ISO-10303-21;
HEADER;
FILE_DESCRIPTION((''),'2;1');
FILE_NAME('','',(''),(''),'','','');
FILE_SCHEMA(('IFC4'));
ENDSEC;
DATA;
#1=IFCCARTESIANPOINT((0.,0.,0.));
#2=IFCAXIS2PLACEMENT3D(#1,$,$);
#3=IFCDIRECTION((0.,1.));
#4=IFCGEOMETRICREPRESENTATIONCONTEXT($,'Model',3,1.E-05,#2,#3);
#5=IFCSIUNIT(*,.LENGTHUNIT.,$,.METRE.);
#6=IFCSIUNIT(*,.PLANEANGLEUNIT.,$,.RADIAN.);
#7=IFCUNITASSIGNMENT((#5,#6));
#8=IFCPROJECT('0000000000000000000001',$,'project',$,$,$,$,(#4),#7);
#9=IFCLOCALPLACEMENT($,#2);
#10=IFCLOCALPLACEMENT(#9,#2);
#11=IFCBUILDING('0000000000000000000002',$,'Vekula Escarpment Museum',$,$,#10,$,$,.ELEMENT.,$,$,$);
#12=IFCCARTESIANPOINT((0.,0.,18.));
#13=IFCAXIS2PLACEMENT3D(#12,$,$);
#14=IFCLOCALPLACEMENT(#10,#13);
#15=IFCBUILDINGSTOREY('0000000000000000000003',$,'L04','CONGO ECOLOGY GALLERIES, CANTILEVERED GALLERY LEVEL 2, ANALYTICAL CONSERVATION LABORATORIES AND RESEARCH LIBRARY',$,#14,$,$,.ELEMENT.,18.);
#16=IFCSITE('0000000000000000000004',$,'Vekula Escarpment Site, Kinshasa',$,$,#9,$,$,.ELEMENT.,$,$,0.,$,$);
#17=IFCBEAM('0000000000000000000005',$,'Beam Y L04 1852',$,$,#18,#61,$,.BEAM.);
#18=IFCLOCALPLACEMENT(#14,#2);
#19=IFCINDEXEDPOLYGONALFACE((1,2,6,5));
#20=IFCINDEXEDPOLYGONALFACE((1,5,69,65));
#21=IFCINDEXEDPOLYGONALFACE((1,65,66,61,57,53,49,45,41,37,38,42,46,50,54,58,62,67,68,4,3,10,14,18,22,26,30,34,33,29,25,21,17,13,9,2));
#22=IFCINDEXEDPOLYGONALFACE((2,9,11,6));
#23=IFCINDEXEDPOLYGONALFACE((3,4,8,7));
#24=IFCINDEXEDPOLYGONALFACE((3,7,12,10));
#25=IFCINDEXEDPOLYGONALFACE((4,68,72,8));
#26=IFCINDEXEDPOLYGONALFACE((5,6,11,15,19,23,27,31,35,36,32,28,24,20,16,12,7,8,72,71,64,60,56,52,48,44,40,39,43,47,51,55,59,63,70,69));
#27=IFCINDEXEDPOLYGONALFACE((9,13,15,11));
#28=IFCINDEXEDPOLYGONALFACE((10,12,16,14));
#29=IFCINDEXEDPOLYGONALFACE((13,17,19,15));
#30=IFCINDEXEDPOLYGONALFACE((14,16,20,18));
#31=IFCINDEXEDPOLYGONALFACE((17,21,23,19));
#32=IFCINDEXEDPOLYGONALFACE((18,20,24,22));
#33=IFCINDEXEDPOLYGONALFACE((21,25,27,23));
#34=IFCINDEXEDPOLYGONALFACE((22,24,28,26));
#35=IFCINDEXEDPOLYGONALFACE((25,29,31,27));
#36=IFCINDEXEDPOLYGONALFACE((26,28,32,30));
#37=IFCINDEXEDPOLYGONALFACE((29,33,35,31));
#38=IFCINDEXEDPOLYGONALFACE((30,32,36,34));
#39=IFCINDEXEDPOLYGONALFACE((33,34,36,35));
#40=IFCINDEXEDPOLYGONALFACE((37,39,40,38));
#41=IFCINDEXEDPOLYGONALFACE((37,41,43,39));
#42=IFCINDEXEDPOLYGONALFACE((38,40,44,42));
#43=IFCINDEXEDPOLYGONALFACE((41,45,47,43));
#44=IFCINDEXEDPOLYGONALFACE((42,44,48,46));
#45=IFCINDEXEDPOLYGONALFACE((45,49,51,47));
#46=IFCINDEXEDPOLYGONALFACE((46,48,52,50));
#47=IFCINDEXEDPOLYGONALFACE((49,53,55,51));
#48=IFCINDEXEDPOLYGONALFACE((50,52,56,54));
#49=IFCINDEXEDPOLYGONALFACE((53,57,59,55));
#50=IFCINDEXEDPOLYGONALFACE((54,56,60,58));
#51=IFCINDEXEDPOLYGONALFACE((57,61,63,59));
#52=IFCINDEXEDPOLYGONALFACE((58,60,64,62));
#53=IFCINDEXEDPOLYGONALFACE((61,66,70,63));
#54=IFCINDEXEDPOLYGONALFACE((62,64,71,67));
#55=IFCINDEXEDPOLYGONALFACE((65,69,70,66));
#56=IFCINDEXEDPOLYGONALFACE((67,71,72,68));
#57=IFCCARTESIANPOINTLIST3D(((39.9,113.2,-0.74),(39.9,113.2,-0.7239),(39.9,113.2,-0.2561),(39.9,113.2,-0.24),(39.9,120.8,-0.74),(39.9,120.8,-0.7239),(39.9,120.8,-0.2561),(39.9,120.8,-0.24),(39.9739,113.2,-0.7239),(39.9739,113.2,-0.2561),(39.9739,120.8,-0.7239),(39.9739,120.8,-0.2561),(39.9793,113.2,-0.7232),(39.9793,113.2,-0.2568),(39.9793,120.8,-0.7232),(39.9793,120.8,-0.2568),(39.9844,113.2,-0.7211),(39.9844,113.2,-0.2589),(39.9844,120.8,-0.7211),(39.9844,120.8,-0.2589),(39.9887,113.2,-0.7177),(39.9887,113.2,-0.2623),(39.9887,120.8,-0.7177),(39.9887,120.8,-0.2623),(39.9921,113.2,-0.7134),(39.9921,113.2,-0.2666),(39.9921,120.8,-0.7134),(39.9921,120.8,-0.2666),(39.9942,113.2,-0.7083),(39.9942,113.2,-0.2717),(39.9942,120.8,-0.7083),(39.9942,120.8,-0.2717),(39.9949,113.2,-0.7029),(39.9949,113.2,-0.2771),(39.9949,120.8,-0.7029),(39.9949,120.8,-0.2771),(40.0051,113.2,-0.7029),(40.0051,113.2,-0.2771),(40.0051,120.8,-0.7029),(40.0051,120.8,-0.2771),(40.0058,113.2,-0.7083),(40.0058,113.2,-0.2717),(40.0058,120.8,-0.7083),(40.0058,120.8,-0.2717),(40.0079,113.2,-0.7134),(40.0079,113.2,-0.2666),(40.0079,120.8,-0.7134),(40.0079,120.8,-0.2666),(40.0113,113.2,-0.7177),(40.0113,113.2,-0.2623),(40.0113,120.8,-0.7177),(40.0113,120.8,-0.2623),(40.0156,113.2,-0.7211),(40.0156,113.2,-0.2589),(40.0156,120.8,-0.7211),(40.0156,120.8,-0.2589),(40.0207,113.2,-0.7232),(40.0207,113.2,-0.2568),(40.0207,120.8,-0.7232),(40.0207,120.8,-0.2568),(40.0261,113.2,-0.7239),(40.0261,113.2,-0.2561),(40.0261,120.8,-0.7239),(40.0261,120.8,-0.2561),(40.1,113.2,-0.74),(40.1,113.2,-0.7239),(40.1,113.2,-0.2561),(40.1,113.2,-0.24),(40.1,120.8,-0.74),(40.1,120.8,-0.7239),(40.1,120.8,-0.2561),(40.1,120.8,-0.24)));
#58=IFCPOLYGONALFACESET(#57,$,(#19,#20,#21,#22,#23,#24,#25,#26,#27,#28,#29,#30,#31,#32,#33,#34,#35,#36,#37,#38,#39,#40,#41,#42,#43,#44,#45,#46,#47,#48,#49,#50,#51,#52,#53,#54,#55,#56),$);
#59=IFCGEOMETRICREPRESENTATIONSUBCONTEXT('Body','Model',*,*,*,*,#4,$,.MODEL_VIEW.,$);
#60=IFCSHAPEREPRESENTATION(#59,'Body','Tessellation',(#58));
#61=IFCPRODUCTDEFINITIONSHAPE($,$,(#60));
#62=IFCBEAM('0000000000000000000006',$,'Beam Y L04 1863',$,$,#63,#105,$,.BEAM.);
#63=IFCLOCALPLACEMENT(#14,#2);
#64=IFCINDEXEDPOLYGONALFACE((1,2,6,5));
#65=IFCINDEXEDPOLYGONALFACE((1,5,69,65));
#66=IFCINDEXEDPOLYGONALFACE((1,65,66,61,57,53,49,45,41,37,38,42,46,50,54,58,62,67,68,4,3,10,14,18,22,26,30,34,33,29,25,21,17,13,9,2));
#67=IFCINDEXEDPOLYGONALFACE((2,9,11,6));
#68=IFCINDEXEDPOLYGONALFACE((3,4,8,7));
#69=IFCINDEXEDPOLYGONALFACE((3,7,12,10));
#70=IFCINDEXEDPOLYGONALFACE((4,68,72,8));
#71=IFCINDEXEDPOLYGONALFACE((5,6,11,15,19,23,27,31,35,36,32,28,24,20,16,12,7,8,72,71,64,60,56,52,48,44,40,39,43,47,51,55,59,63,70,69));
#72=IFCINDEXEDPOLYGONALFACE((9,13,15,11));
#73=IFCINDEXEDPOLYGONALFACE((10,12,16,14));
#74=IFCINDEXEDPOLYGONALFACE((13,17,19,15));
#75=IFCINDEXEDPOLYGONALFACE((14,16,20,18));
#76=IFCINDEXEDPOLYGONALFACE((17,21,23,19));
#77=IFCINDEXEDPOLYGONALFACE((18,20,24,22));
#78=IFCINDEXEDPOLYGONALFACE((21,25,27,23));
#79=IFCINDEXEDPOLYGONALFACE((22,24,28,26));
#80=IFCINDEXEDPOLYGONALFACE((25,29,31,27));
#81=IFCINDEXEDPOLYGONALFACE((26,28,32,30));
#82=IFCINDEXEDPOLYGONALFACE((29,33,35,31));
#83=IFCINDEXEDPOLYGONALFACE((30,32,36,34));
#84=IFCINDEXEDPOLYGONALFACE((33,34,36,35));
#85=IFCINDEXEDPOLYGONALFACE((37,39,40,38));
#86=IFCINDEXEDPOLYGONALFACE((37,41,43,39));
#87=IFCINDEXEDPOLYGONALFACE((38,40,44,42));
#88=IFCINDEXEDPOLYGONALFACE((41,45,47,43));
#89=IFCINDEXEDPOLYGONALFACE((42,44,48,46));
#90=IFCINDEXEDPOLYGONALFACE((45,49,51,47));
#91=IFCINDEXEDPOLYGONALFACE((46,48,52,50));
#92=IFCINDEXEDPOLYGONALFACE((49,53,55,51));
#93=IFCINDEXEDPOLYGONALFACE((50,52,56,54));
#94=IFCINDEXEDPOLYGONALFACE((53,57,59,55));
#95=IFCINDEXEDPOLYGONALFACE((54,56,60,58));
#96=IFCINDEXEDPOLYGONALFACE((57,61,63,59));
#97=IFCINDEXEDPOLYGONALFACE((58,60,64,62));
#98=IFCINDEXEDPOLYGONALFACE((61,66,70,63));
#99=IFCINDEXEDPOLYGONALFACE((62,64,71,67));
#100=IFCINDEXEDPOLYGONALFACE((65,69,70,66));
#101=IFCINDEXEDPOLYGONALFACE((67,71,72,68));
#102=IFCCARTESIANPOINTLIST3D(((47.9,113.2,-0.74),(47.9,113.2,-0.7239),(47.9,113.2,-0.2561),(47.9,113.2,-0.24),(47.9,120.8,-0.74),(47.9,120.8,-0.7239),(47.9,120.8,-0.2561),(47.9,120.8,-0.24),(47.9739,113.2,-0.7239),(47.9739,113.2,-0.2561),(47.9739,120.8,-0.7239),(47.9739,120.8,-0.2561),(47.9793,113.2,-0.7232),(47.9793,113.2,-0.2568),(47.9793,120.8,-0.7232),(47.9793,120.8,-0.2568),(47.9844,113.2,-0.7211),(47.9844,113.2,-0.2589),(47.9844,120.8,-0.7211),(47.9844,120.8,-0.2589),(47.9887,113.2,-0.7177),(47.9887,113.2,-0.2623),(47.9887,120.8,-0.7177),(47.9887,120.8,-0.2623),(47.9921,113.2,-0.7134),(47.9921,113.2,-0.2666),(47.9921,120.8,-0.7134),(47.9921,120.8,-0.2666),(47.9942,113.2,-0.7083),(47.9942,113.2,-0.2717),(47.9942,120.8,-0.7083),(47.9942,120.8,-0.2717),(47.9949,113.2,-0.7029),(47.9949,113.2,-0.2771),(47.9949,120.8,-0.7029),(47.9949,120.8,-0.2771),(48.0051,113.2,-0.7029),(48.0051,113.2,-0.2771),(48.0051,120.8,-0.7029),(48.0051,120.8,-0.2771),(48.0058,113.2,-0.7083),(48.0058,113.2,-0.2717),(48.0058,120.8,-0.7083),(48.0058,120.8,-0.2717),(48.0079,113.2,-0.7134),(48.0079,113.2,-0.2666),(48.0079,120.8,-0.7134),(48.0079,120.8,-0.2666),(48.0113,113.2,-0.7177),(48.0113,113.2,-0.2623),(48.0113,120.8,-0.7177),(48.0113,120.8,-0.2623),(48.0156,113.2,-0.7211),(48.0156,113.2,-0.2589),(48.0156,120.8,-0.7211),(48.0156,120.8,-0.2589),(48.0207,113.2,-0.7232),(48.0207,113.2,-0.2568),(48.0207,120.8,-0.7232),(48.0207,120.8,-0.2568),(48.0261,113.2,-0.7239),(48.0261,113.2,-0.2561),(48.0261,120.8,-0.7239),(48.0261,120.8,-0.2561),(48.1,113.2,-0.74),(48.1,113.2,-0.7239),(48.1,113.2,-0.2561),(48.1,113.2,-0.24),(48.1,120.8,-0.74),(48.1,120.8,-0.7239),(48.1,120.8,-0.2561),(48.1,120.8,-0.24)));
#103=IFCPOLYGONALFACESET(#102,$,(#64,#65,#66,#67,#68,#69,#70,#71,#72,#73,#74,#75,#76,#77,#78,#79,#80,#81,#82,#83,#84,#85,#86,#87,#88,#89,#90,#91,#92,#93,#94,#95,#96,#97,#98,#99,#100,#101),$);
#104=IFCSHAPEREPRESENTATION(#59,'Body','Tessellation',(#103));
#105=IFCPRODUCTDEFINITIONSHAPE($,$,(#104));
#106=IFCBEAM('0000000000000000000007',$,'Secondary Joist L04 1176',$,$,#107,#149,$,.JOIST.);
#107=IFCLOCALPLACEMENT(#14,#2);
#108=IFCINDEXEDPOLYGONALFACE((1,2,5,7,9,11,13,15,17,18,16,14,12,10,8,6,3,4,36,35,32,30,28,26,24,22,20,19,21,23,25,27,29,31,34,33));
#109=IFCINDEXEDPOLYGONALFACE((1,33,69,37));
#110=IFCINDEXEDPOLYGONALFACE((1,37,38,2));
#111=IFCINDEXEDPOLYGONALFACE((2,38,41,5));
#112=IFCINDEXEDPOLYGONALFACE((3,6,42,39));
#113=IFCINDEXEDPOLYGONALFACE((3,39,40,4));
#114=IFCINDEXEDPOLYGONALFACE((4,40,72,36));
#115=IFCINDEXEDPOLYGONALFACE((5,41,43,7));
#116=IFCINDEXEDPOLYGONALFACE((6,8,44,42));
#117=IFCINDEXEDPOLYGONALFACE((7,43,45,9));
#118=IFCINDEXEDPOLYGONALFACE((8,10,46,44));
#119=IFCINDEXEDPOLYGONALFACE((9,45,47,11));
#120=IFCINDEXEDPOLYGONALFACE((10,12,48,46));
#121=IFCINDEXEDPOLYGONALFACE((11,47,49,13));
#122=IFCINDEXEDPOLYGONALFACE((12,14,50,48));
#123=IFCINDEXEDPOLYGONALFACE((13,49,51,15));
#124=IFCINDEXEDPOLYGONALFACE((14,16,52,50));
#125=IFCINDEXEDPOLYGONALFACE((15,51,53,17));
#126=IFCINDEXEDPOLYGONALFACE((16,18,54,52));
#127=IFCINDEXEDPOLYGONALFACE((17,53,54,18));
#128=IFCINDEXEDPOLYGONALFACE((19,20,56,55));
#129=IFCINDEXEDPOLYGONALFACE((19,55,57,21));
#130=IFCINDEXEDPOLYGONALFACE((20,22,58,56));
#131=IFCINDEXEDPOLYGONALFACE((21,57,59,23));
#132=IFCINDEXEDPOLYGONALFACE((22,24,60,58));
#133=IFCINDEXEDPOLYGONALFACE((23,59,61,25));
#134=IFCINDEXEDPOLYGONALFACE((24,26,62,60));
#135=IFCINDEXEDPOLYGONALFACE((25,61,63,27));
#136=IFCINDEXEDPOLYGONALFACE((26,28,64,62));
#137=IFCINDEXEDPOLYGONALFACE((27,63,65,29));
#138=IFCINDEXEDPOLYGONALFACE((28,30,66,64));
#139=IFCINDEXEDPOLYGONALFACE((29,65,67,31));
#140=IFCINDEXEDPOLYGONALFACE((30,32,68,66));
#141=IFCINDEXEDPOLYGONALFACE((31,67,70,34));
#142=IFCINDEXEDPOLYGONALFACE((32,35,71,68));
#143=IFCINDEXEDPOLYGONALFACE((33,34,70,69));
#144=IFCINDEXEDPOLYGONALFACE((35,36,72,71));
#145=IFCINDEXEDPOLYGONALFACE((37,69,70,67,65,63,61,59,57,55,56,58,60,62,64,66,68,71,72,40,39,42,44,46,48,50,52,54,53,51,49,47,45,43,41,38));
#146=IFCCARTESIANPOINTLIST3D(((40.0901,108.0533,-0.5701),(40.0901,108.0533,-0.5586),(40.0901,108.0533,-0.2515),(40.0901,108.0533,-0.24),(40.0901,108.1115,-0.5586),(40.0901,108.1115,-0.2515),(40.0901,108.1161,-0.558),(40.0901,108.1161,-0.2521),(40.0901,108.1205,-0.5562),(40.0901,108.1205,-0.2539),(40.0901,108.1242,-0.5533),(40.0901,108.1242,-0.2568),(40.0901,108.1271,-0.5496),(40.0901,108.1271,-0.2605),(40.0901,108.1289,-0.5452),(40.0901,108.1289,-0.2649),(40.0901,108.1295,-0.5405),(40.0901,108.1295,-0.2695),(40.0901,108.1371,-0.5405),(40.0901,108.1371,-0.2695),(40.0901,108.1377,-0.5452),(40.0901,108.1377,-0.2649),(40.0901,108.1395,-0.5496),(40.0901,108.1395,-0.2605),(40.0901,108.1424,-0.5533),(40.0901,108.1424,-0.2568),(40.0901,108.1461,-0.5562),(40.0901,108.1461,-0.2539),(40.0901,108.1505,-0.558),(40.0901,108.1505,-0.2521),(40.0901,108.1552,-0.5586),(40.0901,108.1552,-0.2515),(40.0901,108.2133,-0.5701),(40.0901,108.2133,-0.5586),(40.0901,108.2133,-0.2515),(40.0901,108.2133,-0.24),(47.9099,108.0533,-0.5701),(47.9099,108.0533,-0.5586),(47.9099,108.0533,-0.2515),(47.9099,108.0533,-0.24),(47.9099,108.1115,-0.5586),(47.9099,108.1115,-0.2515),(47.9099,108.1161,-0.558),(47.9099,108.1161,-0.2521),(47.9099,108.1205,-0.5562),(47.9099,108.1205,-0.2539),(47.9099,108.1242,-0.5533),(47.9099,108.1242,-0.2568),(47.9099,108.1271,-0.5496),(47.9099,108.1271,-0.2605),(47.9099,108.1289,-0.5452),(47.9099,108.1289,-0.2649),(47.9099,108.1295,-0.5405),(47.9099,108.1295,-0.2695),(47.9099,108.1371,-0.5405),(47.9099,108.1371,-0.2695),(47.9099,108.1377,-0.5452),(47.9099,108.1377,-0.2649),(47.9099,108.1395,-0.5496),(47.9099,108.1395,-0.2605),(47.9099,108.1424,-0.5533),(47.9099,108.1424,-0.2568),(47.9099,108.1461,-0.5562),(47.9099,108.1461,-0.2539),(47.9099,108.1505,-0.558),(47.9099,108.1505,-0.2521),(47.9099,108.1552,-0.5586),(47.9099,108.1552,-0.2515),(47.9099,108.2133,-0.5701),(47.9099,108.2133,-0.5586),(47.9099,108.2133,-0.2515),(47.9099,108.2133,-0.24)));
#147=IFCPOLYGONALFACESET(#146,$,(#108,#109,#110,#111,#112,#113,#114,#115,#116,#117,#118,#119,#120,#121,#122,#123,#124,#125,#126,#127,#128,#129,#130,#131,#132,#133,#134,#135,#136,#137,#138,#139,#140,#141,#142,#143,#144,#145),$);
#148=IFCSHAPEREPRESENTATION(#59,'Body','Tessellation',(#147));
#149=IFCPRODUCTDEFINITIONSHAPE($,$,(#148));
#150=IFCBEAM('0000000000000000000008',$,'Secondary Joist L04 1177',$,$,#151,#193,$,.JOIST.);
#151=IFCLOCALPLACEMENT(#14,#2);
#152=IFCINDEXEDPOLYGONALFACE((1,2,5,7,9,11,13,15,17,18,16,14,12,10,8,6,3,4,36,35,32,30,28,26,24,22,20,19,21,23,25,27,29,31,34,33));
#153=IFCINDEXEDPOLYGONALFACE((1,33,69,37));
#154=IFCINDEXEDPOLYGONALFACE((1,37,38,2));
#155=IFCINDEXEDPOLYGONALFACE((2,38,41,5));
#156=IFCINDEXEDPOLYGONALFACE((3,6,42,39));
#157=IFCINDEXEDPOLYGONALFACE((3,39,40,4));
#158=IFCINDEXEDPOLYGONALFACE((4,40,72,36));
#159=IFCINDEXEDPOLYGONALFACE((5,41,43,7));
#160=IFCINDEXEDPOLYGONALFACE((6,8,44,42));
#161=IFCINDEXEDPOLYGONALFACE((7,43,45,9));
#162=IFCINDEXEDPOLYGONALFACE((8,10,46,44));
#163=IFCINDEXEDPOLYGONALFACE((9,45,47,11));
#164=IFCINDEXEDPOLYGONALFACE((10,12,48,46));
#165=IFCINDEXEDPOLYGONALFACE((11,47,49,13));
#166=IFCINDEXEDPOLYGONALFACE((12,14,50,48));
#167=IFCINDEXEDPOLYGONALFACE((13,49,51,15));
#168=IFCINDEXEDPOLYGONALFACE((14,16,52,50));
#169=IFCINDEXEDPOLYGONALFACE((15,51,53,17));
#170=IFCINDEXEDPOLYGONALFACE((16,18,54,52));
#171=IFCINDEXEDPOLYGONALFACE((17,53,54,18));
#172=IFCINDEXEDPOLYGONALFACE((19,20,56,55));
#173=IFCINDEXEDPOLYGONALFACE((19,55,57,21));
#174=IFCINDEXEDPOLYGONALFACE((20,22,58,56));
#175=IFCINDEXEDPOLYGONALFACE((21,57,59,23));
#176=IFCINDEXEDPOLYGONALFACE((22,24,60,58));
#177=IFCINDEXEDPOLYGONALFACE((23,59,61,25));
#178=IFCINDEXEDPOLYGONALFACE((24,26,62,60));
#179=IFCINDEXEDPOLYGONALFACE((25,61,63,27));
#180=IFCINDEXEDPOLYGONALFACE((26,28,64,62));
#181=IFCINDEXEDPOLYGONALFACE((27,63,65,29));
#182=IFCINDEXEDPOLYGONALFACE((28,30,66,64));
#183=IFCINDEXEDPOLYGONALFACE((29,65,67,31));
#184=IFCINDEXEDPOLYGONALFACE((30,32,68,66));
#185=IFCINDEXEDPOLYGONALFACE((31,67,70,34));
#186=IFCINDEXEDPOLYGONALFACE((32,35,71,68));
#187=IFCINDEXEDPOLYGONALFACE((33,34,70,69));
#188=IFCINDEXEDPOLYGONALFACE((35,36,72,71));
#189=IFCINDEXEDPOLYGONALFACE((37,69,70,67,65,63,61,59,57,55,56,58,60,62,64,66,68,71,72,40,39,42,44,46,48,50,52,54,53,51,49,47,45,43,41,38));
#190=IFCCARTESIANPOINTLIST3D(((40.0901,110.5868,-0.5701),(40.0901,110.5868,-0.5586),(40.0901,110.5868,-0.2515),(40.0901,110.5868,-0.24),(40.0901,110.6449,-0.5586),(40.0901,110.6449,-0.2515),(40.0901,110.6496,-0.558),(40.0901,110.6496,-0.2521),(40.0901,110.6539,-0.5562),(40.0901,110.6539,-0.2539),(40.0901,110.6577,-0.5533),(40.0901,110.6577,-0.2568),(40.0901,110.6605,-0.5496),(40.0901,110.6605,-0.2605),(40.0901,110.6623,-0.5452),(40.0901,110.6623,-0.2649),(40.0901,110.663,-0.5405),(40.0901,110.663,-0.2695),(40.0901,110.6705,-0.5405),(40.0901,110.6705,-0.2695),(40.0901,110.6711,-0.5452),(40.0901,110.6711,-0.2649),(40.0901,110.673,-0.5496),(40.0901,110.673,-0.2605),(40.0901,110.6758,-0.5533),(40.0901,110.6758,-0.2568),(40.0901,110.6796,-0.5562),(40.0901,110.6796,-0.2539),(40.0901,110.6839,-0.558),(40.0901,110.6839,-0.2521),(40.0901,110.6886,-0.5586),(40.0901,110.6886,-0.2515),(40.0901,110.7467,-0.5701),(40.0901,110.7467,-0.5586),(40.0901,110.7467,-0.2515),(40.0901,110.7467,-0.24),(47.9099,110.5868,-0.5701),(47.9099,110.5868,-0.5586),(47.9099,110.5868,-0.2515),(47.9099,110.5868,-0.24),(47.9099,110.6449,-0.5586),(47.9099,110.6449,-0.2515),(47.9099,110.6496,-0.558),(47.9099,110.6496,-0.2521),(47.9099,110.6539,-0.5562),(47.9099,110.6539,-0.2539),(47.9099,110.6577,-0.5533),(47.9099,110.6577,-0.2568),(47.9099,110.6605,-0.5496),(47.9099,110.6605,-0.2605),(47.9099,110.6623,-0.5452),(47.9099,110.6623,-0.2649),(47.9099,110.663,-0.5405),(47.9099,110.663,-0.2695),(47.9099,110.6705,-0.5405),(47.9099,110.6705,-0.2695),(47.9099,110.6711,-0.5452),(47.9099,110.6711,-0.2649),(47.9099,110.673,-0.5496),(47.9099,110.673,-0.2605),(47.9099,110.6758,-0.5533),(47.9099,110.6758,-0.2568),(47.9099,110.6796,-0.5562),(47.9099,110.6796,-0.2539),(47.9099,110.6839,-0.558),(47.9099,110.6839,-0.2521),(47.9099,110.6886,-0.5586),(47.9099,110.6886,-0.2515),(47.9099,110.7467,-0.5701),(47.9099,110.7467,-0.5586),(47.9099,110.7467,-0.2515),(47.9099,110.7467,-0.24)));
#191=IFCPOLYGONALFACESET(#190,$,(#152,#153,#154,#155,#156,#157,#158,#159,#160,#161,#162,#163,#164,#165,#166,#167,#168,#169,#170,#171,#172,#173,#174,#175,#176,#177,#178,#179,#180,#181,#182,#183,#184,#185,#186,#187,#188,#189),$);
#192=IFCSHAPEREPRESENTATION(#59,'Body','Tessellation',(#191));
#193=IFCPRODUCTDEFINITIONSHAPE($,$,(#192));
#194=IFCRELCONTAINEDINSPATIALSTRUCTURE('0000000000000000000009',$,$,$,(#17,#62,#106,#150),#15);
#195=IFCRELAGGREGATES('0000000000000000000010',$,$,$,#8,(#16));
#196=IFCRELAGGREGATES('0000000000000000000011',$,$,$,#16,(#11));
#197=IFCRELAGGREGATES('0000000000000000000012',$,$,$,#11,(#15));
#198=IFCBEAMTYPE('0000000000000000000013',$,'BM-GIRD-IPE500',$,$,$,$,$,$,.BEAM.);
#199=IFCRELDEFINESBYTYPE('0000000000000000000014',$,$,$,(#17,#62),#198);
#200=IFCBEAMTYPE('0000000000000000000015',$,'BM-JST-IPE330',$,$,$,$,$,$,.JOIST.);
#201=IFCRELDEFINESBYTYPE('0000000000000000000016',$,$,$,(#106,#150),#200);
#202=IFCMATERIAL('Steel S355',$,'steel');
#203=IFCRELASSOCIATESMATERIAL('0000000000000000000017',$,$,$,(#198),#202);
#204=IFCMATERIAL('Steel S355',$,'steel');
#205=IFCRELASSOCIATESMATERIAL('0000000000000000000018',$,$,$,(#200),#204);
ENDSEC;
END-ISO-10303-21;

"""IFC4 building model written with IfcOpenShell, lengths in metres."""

from ifc_helpers import new_model, si_unit, direction, frame, origin, origin_2d, place, context, subcontext, project, spatial, i_section, extrude, material, material_profile, profile_set, type_object, element, save


model = new_model("IFC4")

# Units and contexts
model_context = context("Model", 3, precision=1e-05, world=origin(), true_north=direction((0.0, 1.0)))
body_context = subcontext(model_context, "Body", "Model", "MODEL_VIEW")
ifc_project = project(units=[si_unit("LENGTHUNIT", "METRE"), si_unit("PLANEANGLEUNIT", "RADIAN")], contexts=[model_context])

# Site, building, storey
site_placement = place(None, origin())
site = spatial("IfcSite", under=ifc_project, at=site_placement, Name="Vekula Escarpment Site, Kinshasa", CompositionType="ELEMENT", RefElevation=0.0)
building_placement = place(site_placement, origin())
building = spatial("IfcBuilding", under=site, at=building_placement, Name="Vekula Escarpment Museum", CompositionType="ELEMENT")
storey_placement = place(building_placement, frame((0.0, 0.0, 18.0)))
storey = spatial("IfcBuildingStorey", under=building, at=storey_placement, Name="L04", Description="CONGO ECOLOGY GALLERIES, CANTILEVERED GALLERY LEVEL 2, ANALYTICAL CONSERVATION LABORATORIES AND RESEARCH LIBRARY", CompositionType="ELEMENT", Elevation=18.0)

# Beams
ifc_material_1 = material(Name="Steel S355", Category="steel")
ifc_material_profile_1 = material_profile(ifc_material_1, i_section(OverallWidth=0.2, OverallDepth=0.5, WebThickness=0.0103, FlangeThickness=0.0161, FilletRadius=0.021, at=origin_2d()), Name="IPE 500")
ifc_profile_set_1 = profile_set([ifc_material_profile_1], Name="Steel S355")
beam_type_1 = type_object("IfcBeamType", Name="BM-GIRD-IPE500", PredefinedType="BEAM", material=ifc_profile_set_1)
for number, where, z_axis, x_axis, name in (
    (1, (40.0, 113.2, -0.49), (0.0, 1.0, 0.0), (-1.0, 0.0, 0.0), "Beam Y L04 1852"),
    (2, (48.0, 113.2, -0.49), (0.0, 1.0, 0.0), (-1.0, 0.0, 0.0), "Beam Y L04 1863"),
):
    element("IfcBeam", number, at=place(storey_placement, frame(where, z_axis=z_axis, x_axis=x_axis)), inside=storey, type_object=beam_type_1, Name=name, PredefinedType="BEAM", context=body_context, shape_type="SweptSolid", body=[
        extrude(i_section(OverallWidth=0.2, OverallDepth=0.5, WebThickness=0.0103, FlangeThickness=0.0161, FilletRadius=0.021, at=origin_2d()), origin(), (0.0, 0.0, 1.0), 7.6001),
    ])
ifc_material_2 = material(Name="Steel S355", Category="steel")
ifc_material_profile_2 = material_profile(ifc_material_2, i_section(OverallWidth=0.1599, OverallDepth=0.3301, WebThickness=0.0076, FlangeThickness=0.0115, FilletRadius=0.0181, at=origin_2d()), Name="IPE 330")
ifc_profile_set_2 = profile_set([ifc_material_profile_2], Name="Steel S355")
beam_type_2 = type_object("IfcBeamType", Name="BM-JST-IPE330", PredefinedType="JOIST", material=ifc_profile_set_2)
for number, where, z_axis, x_axis, name in (
    (3, (40.0901, 108.1333, -0.405), (1.0, 0.0, 0.0), (0.0, 1.0, 0.0), "Secondary Joist L04 1176"),
    (4, (40.0901, 110.6667, -0.405), (1.0, 0.0, 0.0), (0.0, 1.0, 0.0), "Secondary Joist L04 1177"),
):
    element("IfcBeam", number, at=place(storey_placement, frame(where, z_axis=z_axis, x_axis=x_axis)), inside=storey, type_object=beam_type_2, Name=name, PredefinedType="JOIST", context=body_context, shape_type="SweptSolid", body=[
        extrude(i_section(OverallWidth=0.1599, OverallDepth=0.3301, WebThickness=0.0076, FlangeThickness=0.0115, FilletRadius=0.0181, at=origin_2d()), origin(), (0.0, 0.0, 1.0), 7.8198),
    ])

save(model, "model.ifc")
